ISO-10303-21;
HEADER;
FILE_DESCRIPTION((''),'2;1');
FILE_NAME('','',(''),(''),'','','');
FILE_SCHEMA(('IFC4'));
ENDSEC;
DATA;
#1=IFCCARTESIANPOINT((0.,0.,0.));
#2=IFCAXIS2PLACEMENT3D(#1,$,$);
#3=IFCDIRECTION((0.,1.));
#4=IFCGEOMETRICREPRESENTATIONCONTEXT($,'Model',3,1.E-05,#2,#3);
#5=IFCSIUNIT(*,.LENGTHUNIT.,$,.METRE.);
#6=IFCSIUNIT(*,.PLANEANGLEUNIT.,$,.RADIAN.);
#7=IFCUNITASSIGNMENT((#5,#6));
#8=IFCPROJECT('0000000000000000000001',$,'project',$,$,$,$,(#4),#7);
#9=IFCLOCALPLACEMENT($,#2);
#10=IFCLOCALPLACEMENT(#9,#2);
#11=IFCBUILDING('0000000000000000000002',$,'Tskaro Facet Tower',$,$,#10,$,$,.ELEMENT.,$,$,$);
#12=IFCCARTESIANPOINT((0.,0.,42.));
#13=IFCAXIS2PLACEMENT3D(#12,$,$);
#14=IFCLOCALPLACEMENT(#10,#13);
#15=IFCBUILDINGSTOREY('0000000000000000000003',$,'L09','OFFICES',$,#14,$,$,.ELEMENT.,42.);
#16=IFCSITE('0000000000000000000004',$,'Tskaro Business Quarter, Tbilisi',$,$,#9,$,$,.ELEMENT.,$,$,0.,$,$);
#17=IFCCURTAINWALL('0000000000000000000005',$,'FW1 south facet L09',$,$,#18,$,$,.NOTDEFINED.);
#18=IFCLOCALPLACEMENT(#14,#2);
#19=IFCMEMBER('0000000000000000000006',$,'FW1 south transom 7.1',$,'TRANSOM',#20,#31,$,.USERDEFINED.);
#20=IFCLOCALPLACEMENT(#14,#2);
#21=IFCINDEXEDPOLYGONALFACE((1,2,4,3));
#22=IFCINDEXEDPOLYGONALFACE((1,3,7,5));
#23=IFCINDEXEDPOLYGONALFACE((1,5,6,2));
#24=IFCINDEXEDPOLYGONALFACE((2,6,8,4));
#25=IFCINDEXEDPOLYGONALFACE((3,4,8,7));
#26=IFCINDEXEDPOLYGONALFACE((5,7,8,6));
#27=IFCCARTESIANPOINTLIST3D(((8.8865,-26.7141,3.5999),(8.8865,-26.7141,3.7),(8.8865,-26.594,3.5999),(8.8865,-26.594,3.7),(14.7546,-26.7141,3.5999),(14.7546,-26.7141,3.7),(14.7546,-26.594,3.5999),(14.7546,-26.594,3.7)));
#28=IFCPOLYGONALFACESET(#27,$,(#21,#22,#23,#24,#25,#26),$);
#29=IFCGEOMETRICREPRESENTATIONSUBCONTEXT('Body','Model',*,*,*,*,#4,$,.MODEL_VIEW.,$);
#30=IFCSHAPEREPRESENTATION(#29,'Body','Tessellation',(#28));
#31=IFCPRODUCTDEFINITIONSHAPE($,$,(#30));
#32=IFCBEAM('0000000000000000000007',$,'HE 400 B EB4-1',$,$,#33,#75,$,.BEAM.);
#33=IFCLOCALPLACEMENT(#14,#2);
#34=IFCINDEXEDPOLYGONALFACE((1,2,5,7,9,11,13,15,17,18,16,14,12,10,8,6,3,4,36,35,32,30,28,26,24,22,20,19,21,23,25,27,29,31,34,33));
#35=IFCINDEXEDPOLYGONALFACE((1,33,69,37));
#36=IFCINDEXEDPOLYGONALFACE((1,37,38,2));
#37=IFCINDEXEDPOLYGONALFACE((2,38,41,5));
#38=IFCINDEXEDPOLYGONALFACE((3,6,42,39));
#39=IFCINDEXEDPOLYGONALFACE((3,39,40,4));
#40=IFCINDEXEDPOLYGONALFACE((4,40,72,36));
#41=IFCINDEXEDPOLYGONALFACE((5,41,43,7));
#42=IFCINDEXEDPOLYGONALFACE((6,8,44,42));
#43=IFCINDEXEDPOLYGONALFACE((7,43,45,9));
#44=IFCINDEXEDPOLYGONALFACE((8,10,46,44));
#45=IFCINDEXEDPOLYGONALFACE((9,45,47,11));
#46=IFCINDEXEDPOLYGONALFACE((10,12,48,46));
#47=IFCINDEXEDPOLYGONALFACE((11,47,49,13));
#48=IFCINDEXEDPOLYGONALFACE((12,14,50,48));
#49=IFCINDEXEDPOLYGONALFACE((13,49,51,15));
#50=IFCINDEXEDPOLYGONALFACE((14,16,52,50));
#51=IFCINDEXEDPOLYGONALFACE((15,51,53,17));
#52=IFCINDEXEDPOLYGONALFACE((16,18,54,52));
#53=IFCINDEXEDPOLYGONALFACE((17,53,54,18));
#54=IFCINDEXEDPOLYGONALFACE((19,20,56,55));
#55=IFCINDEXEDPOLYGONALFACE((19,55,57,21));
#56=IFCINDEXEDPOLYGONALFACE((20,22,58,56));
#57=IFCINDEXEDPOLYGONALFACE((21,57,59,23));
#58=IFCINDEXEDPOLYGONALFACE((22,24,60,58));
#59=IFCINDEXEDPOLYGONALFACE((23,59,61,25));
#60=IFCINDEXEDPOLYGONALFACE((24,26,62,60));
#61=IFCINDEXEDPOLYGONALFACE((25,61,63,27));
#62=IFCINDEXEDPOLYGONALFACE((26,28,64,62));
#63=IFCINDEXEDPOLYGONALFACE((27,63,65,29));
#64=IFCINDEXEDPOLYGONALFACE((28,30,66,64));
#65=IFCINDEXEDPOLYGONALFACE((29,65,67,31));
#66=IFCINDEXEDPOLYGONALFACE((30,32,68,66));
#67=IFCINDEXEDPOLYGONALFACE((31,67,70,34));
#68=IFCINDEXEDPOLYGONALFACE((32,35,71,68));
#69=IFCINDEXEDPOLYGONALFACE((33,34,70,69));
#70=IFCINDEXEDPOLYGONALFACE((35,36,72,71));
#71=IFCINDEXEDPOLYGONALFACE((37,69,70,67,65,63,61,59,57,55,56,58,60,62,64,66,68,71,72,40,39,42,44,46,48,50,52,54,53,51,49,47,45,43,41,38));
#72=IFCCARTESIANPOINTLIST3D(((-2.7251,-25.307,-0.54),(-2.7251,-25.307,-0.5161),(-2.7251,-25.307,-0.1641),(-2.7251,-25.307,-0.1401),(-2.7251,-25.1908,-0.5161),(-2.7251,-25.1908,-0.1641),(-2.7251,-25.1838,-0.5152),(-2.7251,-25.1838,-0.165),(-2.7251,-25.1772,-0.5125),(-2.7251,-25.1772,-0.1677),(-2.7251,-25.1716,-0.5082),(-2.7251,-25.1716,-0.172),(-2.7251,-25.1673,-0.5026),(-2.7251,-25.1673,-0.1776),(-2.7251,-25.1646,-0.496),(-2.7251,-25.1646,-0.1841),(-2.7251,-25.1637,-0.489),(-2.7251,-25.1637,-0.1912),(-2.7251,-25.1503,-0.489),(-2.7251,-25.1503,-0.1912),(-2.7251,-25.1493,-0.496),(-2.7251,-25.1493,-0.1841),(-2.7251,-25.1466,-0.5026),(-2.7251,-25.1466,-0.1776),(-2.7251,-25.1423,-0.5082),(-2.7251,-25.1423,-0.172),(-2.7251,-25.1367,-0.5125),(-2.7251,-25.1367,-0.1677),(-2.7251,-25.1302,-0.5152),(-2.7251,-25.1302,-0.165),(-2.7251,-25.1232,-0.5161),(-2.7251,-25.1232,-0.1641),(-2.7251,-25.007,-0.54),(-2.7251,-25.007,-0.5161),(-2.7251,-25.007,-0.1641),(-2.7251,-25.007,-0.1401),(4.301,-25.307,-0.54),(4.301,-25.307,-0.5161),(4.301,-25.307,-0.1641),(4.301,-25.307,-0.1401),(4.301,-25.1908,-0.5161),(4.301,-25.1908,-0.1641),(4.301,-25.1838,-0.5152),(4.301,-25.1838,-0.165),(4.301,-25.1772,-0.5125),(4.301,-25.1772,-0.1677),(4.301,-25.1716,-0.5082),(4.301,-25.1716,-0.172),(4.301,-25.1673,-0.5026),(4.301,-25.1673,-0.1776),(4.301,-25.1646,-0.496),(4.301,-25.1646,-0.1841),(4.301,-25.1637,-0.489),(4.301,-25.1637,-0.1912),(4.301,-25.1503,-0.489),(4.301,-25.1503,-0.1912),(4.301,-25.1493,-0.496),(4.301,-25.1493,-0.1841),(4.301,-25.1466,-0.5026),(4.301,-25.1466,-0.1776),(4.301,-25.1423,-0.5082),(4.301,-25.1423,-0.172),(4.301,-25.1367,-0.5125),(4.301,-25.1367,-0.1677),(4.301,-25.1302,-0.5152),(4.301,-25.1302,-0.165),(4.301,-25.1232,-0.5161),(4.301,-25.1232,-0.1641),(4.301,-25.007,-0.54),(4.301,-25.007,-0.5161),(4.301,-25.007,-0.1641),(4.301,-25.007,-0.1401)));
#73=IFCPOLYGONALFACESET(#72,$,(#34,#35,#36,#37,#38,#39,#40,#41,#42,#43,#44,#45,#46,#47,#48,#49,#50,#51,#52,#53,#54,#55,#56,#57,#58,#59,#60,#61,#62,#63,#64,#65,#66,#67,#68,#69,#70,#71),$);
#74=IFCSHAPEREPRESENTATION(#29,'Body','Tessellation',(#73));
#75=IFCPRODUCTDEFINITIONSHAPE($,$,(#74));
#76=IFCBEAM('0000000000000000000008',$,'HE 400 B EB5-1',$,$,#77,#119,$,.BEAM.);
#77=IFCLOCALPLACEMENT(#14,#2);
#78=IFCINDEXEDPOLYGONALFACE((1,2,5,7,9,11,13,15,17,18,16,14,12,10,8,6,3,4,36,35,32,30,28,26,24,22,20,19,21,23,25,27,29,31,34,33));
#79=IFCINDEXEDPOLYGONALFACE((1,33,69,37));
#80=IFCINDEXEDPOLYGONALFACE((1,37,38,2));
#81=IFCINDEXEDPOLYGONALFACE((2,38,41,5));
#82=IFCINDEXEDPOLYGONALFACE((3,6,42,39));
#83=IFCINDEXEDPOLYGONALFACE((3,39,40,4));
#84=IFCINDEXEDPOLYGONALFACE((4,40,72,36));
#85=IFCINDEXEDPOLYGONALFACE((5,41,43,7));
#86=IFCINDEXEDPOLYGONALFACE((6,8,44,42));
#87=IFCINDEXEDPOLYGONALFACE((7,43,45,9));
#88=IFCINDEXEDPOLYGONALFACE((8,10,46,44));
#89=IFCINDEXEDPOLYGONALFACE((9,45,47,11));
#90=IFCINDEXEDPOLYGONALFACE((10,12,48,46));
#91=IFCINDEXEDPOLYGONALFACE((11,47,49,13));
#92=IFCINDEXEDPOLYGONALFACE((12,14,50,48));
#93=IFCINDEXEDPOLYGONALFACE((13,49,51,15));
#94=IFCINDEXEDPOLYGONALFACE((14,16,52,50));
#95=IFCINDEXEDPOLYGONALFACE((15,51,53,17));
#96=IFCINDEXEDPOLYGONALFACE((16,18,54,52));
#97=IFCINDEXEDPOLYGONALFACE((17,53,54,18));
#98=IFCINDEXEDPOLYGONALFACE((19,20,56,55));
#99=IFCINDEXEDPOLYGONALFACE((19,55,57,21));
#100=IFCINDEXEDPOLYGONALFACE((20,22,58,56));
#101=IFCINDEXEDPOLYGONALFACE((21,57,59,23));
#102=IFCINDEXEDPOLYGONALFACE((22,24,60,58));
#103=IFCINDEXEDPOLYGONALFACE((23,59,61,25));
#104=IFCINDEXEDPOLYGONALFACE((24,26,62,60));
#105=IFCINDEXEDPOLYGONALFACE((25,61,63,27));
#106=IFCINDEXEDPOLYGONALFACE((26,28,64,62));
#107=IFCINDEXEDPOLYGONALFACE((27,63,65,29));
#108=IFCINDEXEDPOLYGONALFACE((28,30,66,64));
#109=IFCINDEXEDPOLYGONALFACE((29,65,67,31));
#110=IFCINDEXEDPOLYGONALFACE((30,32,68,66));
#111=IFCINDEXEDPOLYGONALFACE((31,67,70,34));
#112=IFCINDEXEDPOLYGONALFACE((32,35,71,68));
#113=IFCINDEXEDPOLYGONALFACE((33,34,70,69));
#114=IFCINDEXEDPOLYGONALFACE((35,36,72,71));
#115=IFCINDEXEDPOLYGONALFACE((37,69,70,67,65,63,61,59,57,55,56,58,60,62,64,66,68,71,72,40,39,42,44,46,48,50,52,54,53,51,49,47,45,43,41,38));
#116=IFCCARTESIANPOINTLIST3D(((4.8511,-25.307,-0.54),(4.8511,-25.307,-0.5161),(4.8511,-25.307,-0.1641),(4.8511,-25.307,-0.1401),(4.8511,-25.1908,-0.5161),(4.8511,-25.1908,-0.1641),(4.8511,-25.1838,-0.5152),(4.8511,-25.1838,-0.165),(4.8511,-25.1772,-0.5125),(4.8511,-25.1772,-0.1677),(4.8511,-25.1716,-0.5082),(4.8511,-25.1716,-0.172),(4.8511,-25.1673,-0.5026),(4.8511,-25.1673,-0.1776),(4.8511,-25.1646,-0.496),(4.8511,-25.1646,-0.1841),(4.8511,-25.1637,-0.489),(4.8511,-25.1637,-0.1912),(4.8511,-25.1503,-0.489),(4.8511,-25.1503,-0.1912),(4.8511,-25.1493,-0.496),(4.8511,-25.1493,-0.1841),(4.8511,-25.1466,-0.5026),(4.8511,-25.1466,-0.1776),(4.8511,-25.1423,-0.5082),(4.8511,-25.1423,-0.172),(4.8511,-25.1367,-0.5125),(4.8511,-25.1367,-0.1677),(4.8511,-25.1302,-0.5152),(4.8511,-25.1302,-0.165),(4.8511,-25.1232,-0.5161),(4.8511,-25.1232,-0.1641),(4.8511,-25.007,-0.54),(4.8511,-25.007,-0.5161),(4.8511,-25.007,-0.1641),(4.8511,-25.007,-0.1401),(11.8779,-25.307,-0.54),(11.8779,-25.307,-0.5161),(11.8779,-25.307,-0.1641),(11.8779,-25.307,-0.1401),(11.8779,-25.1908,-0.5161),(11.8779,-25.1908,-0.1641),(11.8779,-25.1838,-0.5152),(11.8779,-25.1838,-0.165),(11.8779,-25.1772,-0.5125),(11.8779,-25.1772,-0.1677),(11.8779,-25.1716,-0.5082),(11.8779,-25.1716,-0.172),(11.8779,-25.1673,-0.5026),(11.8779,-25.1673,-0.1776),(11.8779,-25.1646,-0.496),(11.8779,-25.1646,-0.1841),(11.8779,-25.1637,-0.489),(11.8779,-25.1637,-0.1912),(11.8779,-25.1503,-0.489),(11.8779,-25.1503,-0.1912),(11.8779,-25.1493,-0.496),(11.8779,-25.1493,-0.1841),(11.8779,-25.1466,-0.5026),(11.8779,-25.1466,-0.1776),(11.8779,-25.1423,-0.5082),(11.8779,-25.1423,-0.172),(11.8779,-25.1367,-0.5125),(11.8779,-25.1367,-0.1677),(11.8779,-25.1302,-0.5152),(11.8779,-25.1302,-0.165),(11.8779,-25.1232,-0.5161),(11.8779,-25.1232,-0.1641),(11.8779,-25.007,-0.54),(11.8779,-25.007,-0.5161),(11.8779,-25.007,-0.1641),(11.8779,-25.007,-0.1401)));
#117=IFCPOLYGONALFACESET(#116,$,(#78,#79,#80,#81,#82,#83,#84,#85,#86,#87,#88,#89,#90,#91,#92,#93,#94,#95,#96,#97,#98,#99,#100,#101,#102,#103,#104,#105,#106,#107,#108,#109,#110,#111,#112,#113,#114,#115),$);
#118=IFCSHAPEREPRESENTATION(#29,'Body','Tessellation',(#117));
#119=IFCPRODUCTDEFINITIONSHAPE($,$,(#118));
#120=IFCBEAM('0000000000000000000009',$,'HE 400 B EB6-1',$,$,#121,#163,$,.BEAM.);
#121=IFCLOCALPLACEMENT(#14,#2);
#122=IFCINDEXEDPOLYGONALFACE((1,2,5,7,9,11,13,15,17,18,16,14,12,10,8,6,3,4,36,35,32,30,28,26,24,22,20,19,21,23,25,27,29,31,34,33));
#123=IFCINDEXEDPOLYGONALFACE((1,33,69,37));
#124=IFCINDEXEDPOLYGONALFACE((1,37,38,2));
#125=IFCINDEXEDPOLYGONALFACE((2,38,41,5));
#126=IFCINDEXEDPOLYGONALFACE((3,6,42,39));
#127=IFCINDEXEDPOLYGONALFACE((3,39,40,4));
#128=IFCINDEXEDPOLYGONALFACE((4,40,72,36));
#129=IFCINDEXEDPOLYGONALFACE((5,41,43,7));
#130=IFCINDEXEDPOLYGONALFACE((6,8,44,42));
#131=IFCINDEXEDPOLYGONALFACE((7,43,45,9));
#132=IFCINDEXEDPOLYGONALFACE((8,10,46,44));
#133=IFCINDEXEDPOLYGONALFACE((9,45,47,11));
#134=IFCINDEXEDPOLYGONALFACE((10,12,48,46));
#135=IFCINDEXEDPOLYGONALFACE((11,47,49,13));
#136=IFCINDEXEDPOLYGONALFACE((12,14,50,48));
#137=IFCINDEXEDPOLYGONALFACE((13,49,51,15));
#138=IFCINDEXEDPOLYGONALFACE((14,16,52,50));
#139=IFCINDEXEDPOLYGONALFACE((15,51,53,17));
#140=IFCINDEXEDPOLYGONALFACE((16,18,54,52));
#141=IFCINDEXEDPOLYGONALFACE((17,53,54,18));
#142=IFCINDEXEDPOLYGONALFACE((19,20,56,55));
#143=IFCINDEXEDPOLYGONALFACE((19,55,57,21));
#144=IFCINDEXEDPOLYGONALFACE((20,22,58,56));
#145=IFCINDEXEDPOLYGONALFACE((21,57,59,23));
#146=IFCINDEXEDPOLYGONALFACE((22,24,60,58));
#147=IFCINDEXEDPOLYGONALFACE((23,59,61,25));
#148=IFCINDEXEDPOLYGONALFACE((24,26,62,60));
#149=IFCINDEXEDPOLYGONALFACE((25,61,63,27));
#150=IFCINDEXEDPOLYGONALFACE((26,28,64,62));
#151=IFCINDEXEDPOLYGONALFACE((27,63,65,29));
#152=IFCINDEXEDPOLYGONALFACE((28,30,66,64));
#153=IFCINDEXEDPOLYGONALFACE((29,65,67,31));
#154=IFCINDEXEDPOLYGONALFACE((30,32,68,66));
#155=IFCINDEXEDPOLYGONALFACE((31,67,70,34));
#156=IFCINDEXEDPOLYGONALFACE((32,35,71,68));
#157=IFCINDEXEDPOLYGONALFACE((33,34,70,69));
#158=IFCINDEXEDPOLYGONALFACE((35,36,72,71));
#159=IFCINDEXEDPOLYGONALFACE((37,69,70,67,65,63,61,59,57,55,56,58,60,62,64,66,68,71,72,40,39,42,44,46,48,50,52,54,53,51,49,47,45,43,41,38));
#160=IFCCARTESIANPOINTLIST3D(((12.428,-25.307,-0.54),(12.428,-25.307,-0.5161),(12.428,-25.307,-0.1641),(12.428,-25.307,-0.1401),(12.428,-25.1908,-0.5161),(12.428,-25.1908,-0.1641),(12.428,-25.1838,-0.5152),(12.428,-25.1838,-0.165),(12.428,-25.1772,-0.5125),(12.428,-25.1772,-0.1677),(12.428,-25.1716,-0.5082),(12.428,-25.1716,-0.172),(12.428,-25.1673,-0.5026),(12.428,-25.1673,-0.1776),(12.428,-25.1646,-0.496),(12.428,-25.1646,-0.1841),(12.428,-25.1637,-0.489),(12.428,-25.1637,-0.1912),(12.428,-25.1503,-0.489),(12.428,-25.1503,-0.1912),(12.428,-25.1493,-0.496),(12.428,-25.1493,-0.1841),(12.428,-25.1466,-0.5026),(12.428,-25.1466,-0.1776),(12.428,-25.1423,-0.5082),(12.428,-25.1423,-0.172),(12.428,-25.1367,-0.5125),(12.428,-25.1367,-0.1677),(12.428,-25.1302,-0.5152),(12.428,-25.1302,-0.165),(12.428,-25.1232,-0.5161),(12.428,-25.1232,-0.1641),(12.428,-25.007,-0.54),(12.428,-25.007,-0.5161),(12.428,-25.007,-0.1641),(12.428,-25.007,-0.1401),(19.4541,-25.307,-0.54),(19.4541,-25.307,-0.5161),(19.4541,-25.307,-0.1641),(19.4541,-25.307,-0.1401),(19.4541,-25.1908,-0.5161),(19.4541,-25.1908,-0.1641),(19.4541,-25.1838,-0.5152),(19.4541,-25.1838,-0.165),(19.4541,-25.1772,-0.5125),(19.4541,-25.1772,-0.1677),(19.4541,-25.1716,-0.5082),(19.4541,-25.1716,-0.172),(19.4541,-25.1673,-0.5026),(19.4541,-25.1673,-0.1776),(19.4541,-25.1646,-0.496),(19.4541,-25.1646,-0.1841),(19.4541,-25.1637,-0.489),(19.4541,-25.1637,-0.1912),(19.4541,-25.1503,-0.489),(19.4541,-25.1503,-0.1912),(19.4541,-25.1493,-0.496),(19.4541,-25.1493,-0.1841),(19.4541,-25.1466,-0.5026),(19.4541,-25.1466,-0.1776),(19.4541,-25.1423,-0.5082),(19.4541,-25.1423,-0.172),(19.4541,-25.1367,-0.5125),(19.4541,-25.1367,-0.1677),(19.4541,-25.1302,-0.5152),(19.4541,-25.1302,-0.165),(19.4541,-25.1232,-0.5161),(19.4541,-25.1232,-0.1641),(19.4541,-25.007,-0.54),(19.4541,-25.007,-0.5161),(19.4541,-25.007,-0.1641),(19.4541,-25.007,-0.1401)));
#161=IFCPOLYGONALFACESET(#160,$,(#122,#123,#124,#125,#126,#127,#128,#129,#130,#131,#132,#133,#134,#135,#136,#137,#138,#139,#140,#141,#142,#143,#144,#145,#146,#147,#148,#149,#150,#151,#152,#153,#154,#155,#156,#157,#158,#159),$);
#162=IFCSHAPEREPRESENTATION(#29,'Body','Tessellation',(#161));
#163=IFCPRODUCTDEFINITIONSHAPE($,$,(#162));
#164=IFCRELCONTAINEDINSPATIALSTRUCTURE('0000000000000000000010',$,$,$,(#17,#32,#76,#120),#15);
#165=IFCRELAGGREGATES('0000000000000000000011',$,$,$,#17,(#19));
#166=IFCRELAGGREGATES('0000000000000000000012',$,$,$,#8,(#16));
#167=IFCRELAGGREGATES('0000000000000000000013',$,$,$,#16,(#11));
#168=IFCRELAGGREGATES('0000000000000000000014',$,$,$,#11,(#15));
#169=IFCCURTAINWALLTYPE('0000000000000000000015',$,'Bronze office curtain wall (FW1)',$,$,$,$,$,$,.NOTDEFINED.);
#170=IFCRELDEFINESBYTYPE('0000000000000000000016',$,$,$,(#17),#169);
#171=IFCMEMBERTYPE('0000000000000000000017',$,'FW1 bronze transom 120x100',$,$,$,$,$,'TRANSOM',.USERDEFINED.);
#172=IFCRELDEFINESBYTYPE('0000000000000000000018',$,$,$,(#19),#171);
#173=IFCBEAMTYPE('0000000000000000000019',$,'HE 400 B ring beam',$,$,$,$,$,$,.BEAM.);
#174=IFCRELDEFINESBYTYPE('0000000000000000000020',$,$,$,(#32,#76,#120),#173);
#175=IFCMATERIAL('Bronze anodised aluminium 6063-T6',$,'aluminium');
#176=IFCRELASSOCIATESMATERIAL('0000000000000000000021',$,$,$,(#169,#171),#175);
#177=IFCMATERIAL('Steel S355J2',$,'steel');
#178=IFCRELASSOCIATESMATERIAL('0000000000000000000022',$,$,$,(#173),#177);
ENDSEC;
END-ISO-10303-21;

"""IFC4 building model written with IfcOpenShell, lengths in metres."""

from ifc_helpers import new_model, si_unit, direction, frame, origin, origin_2d, place, context, subcontext, project, spatial, rectangle, i_section, extrude, material, material_profile, profile_set, type_object, element, aggregate, save


model = new_model("IFC4")

# Units and contexts
model_context = context("Model", 3, precision=1e-05, world=origin(), true_north=direction((0.0, 1.0)))
body_context = subcontext(model_context, "Body", "Model", "MODEL_VIEW")
ifc_project = project(units=[si_unit("LENGTHUNIT", "METRE"), si_unit("PLANEANGLEUNIT", "RADIAN")], contexts=[model_context])

# Site, building, storey
site_placement = place(None, origin())
site = spatial("IfcSite", under=ifc_project, at=site_placement, Name="Tskaro Business Quarter, Tbilisi", CompositionType="ELEMENT", RefElevation=0.0)
building_placement = place(site_placement, origin())
building = spatial("IfcBuilding", under=site, at=building_placement, Name="Tskaro Facet Tower", CompositionType="ELEMENT")
storey_placement = place(building_placement, frame((0.0, 0.0, 42.0)))
storey = spatial("IfcBuildingStorey", under=building, at=storey_placement, Name="L09", Description="OFFICES", CompositionType="ELEMENT", Elevation=42.0)

# Curtain wall, member
ifc_material_1 = material(Name="Bronze anodised aluminium 6063-T6", Category="aluminium")
curtain_wall_type = type_object("IfcCurtainWallType", Name="Bronze office curtain wall (FW1)", PredefinedType="NOTDEFINED", material=ifc_material_1)
curtain_wall_placement = place(storey_placement, origin())
curtain_wall = element("IfcCurtainWall", 1, at=curtain_wall_placement, inside=storey, type_object=curtain_wall_type, Name="FW1 south facet L09", PredefinedType="NOTDEFINED")
ifc_material_profile_1 = material_profile(ifc_material_1, rectangle(XDim=0.1201, YDim=0.1001, at=origin_2d()), Name="Transom 120x100")
ifc_profile_set_1 = profile_set([ifc_material_profile_1], Name="Bronze anodised aluminium 6063-T6")
member_type_1 = type_object("IfcMemberType", Name="FW1 bronze transom 120x100", ElementType="TRANSOM", PredefinedType="USERDEFINED", material=ifc_profile_set_1)
member_1_placement = place(storey_placement, frame((8.8865, -26.6541, 3.6499), z_axis=(1.0, 0.0, 0.0), x_axis=(0.0, 1.0, 0.0)))
member_1 = element("IfcMember", 2, at=member_1_placement, type_object=member_type_1, Name="FW1 south transom 7.1", ObjectType="TRANSOM", PredefinedType="USERDEFINED", context=body_context, shape_type="SweptSolid", body=[
    extrude(rectangle(XDim=0.1201, YDim=0.1001, at=origin_2d()), origin(), (0.0, 0.0, 1.0), 5.8682),
])

# Beams
ifc_material_2 = material(Name="Steel S355J2", Category="steel")
ifc_material_profile_2 = material_profile(ifc_material_2, i_section(OverallWidth=0.3, OverallDepth=0.3999, WebThickness=0.0134, FlangeThickness=0.0239, FilletRadius=0.0271, at=origin_2d()), Name="HE 400 B")
ifc_profile_set_2 = profile_set([ifc_material_profile_2], Name="Steel S355J2")
beam_type_1 = type_object("IfcBeamType", Name="HE 400 B ring beam", PredefinedType="BEAM", material=ifc_profile_set_2)
beam_1_placement = place(storey_placement, frame((-2.7251, -25.157, -0.3401), z_axis=(1.0, 0.0, 0.0), x_axis=(0.0, 1.0, 0.0)))
element("IfcBeam", 3, at=beam_1_placement, inside=storey, type_object=beam_type_1, Name="HE 400 B EB4-1", PredefinedType="BEAM", context=body_context, shape_type="SweptSolid", body=[
    extrude(i_section(OverallWidth=0.3, OverallDepth=0.3999, WebThickness=0.0134, FlangeThickness=0.0239, FilletRadius=0.0271, at=origin_2d()), origin(), (0.0, 0.0, 1.0), 7.0261),
])
beam_2_placement = place(storey_placement, frame((4.8511, -25.157, -0.3401), z_axis=(1.0, 0.0, 0.0), x_axis=(0.0, 1.0, 0.0)))
element("IfcBeam", 4, at=beam_2_placement, inside=storey, type_object=beam_type_1, Name="HE 400 B EB5-1", PredefinedType="BEAM", context=body_context, shape_type="SweptSolid", body=[
    extrude(i_section(OverallWidth=0.3, OverallDepth=0.3999, WebThickness=0.0134, FlangeThickness=0.0239, FilletRadius=0.0271, at=origin_2d()), origin(), (0.0, 0.0, 1.0), 7.0269),
])
beam_3_placement = place(storey_placement, frame((12.428, -25.157, -0.3401), z_axis=(1.0, 0.0, 0.0), x_axis=(0.0, 1.0, 0.0)))
element("IfcBeam", 5, at=beam_3_placement, inside=storey, type_object=beam_type_1, Name="HE 400 B EB6-1", PredefinedType="BEAM", context=body_context, shape_type="SweptSolid", body=[
    extrude(i_section(OverallWidth=0.3, OverallDepth=0.3999, WebThickness=0.0134, FlangeThickness=0.0239, FilletRadius=0.0271, at=origin_2d()), origin(), (0.0, 0.0, 1.0), 7.0261),
])

aggregate(curtain_wall, [member_1])

save(model, "model.ifc")
